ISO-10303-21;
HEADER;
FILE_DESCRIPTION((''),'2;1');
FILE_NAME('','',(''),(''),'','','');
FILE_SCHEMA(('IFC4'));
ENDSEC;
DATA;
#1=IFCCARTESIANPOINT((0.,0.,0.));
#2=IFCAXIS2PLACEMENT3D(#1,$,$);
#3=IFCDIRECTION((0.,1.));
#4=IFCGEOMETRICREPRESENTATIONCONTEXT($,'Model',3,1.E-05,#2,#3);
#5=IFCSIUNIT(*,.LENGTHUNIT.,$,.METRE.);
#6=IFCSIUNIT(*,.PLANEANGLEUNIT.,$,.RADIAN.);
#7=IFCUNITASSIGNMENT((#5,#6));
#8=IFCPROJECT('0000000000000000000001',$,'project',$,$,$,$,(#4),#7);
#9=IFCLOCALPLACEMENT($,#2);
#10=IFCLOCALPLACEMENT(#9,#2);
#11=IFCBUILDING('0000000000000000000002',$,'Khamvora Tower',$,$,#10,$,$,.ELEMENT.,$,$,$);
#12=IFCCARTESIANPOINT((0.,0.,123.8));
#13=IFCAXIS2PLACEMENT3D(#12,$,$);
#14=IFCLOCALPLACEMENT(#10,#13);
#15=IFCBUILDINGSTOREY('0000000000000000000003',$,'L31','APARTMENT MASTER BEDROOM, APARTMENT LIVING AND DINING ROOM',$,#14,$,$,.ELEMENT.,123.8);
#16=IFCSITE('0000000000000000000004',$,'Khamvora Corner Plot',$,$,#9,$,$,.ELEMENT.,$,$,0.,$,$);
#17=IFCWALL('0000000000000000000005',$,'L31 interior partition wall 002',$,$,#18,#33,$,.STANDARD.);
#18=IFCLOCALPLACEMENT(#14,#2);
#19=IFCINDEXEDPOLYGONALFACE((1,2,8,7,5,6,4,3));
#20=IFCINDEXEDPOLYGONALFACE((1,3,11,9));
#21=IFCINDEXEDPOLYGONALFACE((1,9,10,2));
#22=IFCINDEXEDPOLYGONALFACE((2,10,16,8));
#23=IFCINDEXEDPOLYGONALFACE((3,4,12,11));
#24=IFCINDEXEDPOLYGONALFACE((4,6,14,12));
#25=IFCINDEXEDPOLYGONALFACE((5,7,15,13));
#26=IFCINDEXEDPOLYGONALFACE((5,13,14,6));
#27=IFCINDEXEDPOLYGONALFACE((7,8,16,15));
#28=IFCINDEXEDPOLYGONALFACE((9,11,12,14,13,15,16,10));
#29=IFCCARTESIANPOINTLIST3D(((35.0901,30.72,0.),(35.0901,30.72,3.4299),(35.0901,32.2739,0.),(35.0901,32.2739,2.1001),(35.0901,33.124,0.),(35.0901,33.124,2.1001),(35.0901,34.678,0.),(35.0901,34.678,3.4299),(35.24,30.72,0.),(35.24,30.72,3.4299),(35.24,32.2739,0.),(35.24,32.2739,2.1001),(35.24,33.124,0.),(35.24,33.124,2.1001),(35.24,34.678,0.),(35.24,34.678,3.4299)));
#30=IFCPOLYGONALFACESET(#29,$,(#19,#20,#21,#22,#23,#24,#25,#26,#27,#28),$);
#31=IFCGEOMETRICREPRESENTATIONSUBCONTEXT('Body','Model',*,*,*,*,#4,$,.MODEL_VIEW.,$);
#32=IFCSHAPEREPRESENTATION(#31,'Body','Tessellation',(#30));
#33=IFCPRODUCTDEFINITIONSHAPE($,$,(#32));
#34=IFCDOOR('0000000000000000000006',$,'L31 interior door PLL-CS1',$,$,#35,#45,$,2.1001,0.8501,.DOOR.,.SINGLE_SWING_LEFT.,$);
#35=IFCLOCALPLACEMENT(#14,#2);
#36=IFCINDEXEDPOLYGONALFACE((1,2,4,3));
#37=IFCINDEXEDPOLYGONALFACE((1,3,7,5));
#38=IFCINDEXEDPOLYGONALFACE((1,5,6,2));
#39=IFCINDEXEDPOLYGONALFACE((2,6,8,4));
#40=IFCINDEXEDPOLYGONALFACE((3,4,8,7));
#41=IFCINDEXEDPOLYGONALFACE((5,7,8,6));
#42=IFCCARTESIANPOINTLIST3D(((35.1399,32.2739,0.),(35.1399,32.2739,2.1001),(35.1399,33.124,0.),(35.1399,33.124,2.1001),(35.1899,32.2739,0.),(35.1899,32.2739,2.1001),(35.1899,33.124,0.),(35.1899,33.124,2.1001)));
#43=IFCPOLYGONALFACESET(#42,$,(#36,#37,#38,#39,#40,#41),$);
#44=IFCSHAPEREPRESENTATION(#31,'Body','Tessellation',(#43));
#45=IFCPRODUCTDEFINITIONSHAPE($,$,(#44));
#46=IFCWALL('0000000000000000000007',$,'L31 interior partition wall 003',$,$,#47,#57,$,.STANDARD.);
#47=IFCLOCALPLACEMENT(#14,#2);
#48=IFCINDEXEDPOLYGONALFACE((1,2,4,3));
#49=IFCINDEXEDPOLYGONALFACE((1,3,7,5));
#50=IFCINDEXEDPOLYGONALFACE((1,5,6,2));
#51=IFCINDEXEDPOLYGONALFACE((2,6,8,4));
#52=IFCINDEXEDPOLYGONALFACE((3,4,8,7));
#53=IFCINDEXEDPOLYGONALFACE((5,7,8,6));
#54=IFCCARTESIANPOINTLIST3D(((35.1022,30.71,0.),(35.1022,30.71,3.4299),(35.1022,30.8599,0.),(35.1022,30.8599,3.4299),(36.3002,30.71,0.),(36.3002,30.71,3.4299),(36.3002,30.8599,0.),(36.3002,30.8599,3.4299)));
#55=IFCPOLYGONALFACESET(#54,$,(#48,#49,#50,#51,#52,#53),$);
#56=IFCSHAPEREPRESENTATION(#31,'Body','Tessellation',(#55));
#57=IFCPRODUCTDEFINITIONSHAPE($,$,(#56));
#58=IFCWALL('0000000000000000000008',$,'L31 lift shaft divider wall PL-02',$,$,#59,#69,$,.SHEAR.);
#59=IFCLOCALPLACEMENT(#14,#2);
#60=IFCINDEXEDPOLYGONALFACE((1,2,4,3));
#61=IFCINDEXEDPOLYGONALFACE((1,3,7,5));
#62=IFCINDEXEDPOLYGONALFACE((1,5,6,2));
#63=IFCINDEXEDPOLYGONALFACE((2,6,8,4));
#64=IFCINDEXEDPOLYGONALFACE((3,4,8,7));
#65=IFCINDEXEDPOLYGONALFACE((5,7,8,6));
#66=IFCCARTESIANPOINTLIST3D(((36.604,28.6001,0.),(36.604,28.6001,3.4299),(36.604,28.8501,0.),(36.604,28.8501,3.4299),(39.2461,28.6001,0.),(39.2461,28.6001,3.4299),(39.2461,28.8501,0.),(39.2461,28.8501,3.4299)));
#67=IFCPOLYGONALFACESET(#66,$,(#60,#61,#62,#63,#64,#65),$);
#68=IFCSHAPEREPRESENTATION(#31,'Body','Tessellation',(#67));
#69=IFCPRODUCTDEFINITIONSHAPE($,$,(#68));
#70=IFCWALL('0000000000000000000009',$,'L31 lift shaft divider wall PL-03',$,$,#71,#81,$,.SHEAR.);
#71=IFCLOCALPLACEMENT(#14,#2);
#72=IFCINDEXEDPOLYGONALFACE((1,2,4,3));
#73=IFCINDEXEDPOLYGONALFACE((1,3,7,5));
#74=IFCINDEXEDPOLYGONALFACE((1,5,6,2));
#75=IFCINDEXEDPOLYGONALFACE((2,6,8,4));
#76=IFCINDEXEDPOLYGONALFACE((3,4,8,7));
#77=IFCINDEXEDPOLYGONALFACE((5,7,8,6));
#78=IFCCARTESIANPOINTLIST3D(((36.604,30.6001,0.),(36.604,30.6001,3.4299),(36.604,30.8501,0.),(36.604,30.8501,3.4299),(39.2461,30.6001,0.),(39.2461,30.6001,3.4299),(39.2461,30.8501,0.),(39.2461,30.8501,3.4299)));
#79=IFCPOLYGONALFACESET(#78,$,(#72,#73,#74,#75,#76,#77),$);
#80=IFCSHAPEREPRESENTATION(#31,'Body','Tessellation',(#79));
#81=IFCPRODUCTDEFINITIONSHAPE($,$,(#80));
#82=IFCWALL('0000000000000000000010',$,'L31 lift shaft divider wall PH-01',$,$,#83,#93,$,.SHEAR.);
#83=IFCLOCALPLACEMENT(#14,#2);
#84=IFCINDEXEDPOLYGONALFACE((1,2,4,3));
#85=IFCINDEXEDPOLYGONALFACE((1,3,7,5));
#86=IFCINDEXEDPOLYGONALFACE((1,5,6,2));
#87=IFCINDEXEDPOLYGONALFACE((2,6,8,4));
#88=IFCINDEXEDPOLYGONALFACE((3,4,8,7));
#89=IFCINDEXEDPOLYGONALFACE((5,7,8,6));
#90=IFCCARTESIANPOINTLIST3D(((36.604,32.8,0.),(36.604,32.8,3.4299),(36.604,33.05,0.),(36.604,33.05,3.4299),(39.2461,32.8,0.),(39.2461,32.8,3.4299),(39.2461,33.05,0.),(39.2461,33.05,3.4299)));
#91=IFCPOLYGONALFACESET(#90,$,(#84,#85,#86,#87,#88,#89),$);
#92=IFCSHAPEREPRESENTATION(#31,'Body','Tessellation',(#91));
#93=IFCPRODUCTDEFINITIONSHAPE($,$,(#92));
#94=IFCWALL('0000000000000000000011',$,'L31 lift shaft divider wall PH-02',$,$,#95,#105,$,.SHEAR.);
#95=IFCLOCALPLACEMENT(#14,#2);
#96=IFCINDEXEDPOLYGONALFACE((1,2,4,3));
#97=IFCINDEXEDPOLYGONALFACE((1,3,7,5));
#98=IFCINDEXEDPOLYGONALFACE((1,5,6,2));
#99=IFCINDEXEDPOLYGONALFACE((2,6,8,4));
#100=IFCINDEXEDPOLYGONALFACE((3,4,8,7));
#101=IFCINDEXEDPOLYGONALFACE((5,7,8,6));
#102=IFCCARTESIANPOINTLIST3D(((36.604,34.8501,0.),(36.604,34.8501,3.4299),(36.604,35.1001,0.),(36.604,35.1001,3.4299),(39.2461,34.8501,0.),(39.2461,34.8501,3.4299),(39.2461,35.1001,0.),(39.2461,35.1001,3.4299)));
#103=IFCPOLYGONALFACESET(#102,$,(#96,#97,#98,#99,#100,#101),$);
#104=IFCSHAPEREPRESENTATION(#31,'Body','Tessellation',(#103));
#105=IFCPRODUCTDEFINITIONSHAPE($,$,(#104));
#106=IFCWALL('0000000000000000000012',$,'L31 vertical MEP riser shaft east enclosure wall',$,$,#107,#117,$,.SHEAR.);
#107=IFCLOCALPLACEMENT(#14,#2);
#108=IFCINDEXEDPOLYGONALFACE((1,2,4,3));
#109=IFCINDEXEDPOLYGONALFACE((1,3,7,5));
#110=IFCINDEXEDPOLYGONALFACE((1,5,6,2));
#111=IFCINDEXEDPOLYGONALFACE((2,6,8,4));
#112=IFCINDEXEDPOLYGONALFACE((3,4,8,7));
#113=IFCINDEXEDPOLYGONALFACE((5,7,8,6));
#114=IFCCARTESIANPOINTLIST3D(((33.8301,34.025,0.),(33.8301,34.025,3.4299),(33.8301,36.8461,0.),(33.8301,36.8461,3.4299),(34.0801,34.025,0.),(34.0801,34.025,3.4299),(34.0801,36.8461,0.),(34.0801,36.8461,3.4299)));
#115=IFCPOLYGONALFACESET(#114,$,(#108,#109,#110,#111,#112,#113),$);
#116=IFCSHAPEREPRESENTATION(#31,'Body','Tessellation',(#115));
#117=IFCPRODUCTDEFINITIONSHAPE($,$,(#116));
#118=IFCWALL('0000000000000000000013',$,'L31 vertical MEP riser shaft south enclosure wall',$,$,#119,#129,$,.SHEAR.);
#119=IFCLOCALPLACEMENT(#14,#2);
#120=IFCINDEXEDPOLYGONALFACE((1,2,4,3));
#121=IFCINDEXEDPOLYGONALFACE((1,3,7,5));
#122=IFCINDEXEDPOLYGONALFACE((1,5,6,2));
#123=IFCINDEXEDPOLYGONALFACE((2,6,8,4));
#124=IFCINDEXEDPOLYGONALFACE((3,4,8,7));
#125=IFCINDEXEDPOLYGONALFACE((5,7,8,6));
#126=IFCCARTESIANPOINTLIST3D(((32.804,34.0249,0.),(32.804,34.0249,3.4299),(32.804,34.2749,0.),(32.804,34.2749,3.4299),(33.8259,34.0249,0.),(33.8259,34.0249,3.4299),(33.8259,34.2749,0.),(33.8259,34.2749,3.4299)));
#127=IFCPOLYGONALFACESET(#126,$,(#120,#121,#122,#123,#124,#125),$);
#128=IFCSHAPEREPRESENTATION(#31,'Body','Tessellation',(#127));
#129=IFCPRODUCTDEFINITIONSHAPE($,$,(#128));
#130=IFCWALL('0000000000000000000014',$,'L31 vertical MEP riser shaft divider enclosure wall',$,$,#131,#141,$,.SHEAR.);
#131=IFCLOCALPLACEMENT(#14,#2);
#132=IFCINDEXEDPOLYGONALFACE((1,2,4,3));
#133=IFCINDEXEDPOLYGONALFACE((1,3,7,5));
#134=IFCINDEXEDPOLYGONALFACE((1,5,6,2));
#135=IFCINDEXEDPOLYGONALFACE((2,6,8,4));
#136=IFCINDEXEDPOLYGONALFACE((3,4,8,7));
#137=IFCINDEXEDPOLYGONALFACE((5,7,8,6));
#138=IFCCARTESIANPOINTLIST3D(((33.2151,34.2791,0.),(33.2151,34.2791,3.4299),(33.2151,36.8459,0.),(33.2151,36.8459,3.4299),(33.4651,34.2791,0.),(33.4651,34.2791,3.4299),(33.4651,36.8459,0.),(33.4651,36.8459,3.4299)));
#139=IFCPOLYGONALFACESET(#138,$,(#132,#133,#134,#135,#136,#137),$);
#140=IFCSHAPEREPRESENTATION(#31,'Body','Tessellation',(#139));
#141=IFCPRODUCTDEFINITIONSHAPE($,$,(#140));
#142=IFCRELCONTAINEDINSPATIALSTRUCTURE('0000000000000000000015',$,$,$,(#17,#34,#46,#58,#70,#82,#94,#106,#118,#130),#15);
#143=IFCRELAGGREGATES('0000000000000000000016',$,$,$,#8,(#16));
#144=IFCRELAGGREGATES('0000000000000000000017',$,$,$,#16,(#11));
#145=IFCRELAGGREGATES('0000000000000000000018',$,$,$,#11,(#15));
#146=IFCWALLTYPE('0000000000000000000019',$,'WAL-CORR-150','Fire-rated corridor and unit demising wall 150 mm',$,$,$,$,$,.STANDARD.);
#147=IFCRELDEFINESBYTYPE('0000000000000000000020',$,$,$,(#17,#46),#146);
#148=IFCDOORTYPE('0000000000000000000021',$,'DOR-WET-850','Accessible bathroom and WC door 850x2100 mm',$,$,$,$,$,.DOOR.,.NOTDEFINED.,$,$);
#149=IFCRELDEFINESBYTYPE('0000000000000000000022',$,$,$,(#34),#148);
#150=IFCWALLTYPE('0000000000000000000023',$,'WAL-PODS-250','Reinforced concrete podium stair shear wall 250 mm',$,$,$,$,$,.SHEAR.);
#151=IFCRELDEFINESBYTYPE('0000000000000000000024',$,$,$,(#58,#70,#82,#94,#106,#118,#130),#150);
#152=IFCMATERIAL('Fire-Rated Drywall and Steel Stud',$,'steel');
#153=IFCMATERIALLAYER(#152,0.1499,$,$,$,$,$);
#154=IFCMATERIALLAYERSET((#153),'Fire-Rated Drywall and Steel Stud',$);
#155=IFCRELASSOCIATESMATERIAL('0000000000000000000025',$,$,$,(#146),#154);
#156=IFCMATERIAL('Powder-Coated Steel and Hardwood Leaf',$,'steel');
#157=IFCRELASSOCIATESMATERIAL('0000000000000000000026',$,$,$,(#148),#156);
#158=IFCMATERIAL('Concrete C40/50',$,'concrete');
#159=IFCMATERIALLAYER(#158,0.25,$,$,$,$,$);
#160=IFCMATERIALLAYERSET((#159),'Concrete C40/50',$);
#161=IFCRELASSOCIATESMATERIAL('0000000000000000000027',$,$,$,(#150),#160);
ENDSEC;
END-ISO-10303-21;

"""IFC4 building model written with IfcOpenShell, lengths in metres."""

from ifc_helpers import new_model, si_unit, direction, frame, frame_2d, origin, place, context, subcontext, project, spatial, rectangle, extrude, material, layer, layer_set, type_object, element, fill, save


model = new_model("IFC4")

# Units and contexts
model_context = context("Model", 3, precision=1e-05, world=origin(), true_north=direction((0.0, 1.0)))
body_context = subcontext(model_context, "Body", "Model", "MODEL_VIEW")
ifc_project = project(units=[si_unit("LENGTHUNIT", "METRE"), si_unit("PLANEANGLEUNIT", "RADIAN")], contexts=[model_context])

# Site, building, storey
site_placement = place(None, origin())
site = spatial("IfcSite", under=ifc_project, at=site_placement, Name="Khamvora Corner Plot", CompositionType="ELEMENT", RefElevation=0.0)
building_placement = place(site_placement, origin())
building = spatial("IfcBuilding", under=site, at=building_placement, Name="Khamvora Tower", CompositionType="ELEMENT")
storey_placement = place(building_placement, frame((0.0, 0.0, 123.8)))
storey = spatial("IfcBuildingStorey", under=building, at=storey_placement, Name="L31", Description="APARTMENT MASTER BEDROOM, APARTMENT LIVING AND DINING ROOM", CompositionType="ELEMENT", Elevation=123.8)

# Shared definitions
ifc_material_1 = material(Name="Powder-Coated Steel and Hardwood Leaf", Category="steel")

# Shared definitions
ifc_material_2 = material(Name="Fire-Rated Drywall and Steel Stud", Category="steel")
ifc_layer_1 = layer(ifc_material_2, 0.1499)
ifc_layer_set_1 = layer_set([ifc_layer_1], Name="Fire-Rated Drywall and Steel Stud")
wall_type_1 = type_object("IfcWallType", Name="WAL-CORR-150", Description="Fire-rated corridor and unit demising wall 150 mm", PredefinedType="STANDARD", material=ifc_layer_set_1)

# Wall, opening, door
wall_1_placement = place(storey_placement, frame((35.165, 34.678, 0.0), z_axis=(0.0, 0.0, 1.0), x_axis=(0.0, -1.0, 0.0)))
wall_1 = element("IfcWall", 1, at=wall_1_placement, inside=storey, type_object=wall_type_1, Name="L31 interior partition wall 002", PredefinedType="STANDARD", context=body_context, shape_type="SweptSolid", body=[
    extrude(rectangle(XDim=3.958, YDim=0.1499, at=frame_2d((1.979, 0.0))), origin(), (0.0, 0.0, 1.0), 3.4299),
])
opening_1_placement = place(wall_1_placement, frame((1.554, 0.0, 0.0)))
opening_1 = element("IfcOpeningElement", 2, at=opening_1_placement, cuts=wall_1, PredefinedType="OPENING", context=body_context, shape_type="SweptSolid", body=[
    extrude(rectangle(XDim=0.8501, YDim=2.1001, at=frame_2d((0.425, 1.05))), frame((0.0, 0.085, 0.0), z_axis=(0.0, -1.0, 0.0), x_axis=(1.0, 0.0, 0.0)), (0.0, 0.0, 1.0), 0.1699),
])
door_type_1 = type_object("IfcDoorType", Name="DOR-WET-850", Description="Accessible bathroom and WC door 850x2100 mm", OperationType="NOTDEFINED", PredefinedType="DOOR", material=ifc_material_1)
door_1_placement = place(opening_1_placement, origin())
door_1 = element("IfcDoor", 3, at=door_1_placement, inside=storey, type_object=door_type_1, Name="L31 interior door PLL-CS1", OperationType="SINGLE_SWING_LEFT", OverallHeight=2.1001, OverallWidth=0.8501, PredefinedType="DOOR", context=body_context, shape_type="SweptSolid", body=[
    extrude(rectangle(XDim=0.8501, YDim=2.1001, at=frame_2d((0.425, 1.05))), frame((0.0, 0.0249, 0.0), z_axis=(0.0, -1.0, 0.0), x_axis=(1.0, 0.0, 0.0)), (0.0, 0.0, 1.0), 0.05),
])
fill(opening_1, door_1)

# Walls
wall_2_placement = place(storey_placement, frame((35.1021, 30.7849, 0.0), z_axis=(0.0, 0.0, 1.0), x_axis=(1.0, 0.0, 0.0)))
element("IfcWall", 4, at=wall_2_placement, inside=storey, type_object=wall_type_1, Name="L31 interior partition wall 003", PredefinedType="STANDARD", context=body_context, shape_type="SweptSolid", body=[
    extrude(rectangle(XDim=1.198, YDim=0.1499, at=frame_2d((0.5991, 0.0))), origin(), (0.0, 0.0, 1.0), 3.4299),
])
ifc_material_3 = material(Name="Concrete C40/50", Category="concrete")
ifc_layer_2 = layer(ifc_material_3, 0.25)
ifc_layer_set_2 = layer_set([ifc_layer_2], Name="Concrete C40/50")
wall_type_2 = type_object("IfcWallType", Name="WAL-PODS-250", Description="Reinforced concrete podium stair shear wall 250 mm", PredefinedType="SHEAR", material=ifc_layer_set_2)
for number, where, z_axis, x_axis, name in (
    (5, (36.604, 28.7251, 0.0), (0.0, 0.0, 1.0), (1.0, 0.0, 0.0), "L31 lift shaft divider wall PL-02"),
    (6, (36.604, 30.7251, 0.0), (0.0, 0.0, 1.0), (1.0, 0.0, 0.0), "L31 lift shaft divider wall PL-03"),
    (7, (36.604, 32.925, 0.0), (0.0, 0.0, 1.0), (1.0, 0.0, 0.0), "L31 lift shaft divider wall PH-01"),
    (8, (36.604, 34.9751, 0.0), (0.0, 0.0, 1.0), (1.0, 0.0, 0.0), "L31 lift shaft divider wall PH-02"),
):
    element("IfcWall", number, at=place(storey_placement, frame(where, z_axis=z_axis, x_axis=x_axis)), inside=storey, type_object=wall_type_2, Name=name, PredefinedType="SHEAR", context=body_context, shape_type="SweptSolid", body=[
        extrude(rectangle(XDim=2.6421, YDim=0.25, at=frame_2d((1.321, 0.0))), origin(), (0.0, 0.0, 1.0), 3.4299),
    ])
wall_3_placement = place(storey_placement, frame((33.9551, 34.0249, 0.0), z_axis=(0.0, 0.0, 1.0), x_axis=(0.0, 1.0, 0.0)))
element("IfcWall", 9, at=wall_3_placement, inside=storey, type_object=wall_type_2, Name="L31 vertical MEP riser shaft east enclosure wall", PredefinedType="SHEAR", context=body_context, shape_type="SweptSolid", body=[
    extrude(rectangle(XDim=2.821, YDim=0.25, at=frame_2d((1.4106, 0.0))), origin(), (0.0, 0.0, 1.0), 3.4299),
])
wall_4_placement = place(storey_placement, frame((32.804, 34.1499, 0.0), z_axis=(0.0, 0.0, 1.0), x_axis=(1.0, 0.0, 0.0)))
element("IfcWall", 10, at=wall_4_placement, inside=storey, type_object=wall_type_2, Name="L31 vertical MEP riser shaft south enclosure wall", PredefinedType="SHEAR", context=body_context, shape_type="SweptSolid", body=[
    extrude(rectangle(XDim=1.022, YDim=0.25, at=frame_2d((0.511, 0.0))), origin(), (0.0, 0.0, 1.0), 3.4299),
])
wall_5_placement = place(storey_placement, frame((33.3401, 34.2791, 0.0), z_axis=(0.0, 0.0, 1.0), x_axis=(0.0, 1.0, 0.0)))
element("IfcWall", 11, at=wall_5_placement, inside=storey, type_object=wall_type_2, Name="L31 vertical MEP riser shaft divider enclosure wall", PredefinedType="SHEAR", context=body_context, shape_type="SweptSolid", body=[
    extrude(rectangle(XDim=2.5669, YDim=0.25, at=frame_2d((1.2834, 0.0))), origin(), (0.0, 0.0, 1.0), 3.4299),
])

save(model, "model.ifc")
